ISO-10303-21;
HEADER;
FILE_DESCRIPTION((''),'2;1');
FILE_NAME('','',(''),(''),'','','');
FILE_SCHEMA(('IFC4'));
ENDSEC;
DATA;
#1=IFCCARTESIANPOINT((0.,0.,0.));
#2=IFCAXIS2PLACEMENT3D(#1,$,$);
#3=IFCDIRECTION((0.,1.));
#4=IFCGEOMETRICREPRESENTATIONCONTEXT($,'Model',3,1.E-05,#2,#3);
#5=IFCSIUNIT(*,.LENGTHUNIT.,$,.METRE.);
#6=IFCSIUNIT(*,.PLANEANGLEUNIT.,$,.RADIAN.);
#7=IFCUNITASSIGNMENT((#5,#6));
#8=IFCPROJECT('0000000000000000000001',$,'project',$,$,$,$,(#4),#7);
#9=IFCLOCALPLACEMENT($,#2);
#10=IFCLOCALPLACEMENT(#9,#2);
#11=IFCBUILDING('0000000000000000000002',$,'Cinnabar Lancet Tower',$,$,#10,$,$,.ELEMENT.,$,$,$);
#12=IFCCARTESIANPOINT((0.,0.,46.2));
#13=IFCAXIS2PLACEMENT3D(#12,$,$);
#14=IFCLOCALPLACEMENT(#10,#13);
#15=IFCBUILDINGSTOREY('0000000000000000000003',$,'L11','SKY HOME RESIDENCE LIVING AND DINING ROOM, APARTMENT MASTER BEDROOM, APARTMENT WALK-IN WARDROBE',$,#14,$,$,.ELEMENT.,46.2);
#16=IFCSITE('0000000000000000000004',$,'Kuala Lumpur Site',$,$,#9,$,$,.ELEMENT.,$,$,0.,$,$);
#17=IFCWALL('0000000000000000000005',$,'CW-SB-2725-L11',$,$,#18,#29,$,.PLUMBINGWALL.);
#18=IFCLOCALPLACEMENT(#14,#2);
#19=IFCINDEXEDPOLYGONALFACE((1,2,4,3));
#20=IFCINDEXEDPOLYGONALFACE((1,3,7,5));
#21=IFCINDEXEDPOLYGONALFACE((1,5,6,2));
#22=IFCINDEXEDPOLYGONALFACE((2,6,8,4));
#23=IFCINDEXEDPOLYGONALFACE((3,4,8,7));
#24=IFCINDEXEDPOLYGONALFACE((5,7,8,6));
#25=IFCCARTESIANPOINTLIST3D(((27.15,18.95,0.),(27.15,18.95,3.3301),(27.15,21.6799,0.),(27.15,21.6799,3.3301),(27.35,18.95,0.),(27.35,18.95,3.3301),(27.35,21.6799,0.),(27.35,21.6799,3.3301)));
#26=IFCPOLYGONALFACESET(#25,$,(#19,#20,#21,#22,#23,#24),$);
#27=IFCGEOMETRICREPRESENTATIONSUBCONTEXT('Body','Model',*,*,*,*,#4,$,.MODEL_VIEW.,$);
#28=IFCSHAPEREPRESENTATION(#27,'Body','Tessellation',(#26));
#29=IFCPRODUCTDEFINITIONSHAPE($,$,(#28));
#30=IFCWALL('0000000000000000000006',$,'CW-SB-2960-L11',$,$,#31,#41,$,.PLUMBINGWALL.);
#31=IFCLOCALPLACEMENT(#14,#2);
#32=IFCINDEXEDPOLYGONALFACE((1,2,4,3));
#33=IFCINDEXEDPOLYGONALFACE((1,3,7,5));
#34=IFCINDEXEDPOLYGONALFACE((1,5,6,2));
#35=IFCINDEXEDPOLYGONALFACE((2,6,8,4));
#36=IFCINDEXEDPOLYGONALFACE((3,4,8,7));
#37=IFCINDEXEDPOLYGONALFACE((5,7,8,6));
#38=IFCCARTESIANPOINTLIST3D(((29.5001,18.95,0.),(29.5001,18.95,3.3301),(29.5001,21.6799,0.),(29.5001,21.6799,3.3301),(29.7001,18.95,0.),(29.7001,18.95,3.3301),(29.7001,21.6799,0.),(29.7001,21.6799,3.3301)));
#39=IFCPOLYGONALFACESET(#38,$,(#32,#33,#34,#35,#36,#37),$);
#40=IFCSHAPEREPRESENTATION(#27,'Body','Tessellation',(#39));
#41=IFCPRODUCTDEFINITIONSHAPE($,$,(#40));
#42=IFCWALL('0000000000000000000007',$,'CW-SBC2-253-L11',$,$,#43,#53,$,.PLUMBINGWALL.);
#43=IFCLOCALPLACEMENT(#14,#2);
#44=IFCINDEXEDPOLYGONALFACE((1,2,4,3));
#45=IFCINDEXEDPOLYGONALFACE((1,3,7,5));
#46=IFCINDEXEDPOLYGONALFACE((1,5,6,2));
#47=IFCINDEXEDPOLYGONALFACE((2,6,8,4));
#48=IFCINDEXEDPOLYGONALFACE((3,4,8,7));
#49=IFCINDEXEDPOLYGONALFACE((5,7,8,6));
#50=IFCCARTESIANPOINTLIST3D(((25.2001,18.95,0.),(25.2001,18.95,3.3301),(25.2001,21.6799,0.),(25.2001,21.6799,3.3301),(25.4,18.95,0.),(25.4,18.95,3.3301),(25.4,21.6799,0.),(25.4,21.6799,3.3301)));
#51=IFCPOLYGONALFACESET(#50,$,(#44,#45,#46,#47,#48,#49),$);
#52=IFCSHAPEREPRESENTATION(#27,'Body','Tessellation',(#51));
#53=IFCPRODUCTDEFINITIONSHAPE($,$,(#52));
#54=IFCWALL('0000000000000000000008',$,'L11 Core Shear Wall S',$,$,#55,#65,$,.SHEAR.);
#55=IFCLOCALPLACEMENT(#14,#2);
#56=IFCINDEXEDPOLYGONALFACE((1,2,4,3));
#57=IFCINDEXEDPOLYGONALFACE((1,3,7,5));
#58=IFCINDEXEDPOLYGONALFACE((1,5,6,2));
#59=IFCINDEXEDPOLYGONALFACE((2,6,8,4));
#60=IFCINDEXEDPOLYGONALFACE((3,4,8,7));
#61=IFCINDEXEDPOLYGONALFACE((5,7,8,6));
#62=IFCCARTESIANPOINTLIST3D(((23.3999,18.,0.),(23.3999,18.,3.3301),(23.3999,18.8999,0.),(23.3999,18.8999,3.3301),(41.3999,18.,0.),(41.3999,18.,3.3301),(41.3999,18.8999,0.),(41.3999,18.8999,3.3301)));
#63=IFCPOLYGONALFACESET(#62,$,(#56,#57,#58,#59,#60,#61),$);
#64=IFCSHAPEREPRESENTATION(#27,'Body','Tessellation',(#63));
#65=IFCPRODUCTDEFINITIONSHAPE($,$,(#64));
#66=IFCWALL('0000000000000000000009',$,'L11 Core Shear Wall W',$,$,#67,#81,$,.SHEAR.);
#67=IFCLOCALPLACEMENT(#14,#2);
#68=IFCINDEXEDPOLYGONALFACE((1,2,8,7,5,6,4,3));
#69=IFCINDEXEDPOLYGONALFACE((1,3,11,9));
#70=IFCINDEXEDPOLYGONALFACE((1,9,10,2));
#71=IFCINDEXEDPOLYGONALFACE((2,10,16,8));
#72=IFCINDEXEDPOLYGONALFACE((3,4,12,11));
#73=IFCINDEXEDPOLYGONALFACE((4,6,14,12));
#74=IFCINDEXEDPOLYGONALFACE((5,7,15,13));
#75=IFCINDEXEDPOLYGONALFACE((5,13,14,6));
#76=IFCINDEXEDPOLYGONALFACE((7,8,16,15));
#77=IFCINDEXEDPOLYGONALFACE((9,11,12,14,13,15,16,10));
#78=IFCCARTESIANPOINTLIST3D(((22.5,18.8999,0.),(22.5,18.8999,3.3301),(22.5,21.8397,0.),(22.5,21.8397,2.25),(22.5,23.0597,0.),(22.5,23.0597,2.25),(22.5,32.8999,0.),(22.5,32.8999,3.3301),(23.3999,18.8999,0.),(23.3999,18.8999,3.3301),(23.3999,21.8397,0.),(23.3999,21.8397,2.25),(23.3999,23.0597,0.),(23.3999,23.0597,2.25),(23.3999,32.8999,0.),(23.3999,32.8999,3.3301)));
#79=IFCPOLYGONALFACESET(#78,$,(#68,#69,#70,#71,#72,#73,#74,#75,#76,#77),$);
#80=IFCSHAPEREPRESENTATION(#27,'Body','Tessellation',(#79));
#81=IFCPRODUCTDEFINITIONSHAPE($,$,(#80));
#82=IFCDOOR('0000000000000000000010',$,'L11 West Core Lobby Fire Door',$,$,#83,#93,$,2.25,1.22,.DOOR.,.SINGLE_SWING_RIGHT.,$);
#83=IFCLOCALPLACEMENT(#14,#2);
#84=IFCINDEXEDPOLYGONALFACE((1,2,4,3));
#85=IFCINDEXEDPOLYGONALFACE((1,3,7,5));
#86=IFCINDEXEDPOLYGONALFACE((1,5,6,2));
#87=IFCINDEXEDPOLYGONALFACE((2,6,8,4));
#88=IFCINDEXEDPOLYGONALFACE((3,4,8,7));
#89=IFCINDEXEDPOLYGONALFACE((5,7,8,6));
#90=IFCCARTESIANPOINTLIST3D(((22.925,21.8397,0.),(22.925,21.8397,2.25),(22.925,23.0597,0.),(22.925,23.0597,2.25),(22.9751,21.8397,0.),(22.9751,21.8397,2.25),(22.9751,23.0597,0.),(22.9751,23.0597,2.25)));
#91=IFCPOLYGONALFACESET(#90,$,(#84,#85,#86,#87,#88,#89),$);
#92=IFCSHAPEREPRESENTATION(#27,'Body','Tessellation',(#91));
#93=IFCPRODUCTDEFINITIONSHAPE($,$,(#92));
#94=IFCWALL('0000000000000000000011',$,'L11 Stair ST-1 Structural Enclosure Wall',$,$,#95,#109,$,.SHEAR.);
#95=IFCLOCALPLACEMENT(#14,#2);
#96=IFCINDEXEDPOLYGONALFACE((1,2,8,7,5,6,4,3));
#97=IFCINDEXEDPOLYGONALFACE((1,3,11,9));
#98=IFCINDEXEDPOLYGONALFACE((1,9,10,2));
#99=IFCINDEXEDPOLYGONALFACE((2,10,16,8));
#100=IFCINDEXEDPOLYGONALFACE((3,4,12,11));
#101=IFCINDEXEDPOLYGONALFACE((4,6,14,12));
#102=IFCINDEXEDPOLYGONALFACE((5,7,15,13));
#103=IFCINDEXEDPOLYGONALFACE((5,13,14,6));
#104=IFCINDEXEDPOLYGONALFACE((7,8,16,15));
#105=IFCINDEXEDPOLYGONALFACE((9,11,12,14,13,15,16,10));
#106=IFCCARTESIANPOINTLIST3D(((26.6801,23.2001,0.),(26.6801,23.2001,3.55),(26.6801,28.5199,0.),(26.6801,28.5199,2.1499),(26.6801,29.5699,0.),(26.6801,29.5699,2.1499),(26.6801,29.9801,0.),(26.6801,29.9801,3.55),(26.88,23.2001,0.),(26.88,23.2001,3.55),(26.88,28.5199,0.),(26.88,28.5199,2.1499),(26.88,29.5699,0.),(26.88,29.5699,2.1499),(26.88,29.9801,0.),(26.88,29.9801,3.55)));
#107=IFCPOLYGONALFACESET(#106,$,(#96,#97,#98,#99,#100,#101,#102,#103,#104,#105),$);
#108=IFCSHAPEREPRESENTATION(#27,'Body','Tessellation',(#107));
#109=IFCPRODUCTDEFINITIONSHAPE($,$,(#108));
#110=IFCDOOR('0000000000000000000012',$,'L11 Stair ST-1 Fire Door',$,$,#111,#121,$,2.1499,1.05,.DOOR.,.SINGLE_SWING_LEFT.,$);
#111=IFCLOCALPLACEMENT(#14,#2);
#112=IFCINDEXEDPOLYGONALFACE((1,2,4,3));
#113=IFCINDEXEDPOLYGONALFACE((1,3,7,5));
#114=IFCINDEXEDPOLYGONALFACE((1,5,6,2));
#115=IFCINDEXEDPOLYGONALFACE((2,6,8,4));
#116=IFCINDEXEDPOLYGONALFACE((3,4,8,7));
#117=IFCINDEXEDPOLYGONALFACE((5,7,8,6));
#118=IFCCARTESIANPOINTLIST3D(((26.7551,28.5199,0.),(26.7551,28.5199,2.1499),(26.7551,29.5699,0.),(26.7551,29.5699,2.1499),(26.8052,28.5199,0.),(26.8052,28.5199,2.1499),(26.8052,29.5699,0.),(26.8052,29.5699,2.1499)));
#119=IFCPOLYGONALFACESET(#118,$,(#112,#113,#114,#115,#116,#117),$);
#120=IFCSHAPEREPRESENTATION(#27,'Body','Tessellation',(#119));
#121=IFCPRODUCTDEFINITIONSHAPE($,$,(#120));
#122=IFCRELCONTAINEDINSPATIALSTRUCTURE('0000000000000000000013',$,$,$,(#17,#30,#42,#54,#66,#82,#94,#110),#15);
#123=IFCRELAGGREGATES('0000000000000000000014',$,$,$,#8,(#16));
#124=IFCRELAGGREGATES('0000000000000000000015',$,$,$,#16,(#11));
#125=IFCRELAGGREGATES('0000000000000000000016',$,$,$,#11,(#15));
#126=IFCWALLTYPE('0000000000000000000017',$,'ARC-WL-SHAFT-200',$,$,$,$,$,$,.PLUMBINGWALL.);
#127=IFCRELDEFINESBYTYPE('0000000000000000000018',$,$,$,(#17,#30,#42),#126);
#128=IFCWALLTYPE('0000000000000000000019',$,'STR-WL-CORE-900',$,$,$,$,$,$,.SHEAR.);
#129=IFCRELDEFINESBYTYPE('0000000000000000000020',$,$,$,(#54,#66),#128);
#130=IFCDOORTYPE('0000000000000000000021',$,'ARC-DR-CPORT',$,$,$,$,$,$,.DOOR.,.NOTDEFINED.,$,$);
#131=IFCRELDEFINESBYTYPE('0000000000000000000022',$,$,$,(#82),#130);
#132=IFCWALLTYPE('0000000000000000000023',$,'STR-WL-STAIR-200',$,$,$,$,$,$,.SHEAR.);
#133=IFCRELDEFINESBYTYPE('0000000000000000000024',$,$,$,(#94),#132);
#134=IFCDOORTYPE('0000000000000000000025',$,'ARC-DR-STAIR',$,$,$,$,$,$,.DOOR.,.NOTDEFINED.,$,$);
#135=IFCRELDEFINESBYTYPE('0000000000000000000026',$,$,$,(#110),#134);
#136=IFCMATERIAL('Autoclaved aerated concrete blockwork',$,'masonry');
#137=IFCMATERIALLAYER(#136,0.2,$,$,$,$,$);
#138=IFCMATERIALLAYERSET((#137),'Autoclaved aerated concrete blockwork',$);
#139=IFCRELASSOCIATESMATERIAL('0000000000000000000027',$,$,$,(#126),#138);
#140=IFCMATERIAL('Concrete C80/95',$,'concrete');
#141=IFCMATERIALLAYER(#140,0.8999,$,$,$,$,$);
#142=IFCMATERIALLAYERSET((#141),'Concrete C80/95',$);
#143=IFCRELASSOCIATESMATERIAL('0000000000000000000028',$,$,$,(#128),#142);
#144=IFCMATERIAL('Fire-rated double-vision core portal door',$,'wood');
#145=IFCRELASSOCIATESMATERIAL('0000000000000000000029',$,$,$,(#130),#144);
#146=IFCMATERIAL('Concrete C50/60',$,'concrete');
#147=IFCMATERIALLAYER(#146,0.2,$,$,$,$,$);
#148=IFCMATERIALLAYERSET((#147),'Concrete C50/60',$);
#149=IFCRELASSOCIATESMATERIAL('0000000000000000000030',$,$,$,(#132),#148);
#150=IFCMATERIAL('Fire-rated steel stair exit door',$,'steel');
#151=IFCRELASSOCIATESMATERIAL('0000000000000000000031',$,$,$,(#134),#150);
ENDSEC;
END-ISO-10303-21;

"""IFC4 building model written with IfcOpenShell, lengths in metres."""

from ifc_helpers import new_model, si_unit, direction, frame, frame_2d, origin, place, context, subcontext, project, spatial, rectangle, extrude, material, layer, layer_set, type_object, element, fill, save


model = new_model("IFC4")

# Units and contexts
model_context = context("Model", 3, precision=1e-05, world=origin(), true_north=direction((0.0, 1.0)))
body_context = subcontext(model_context, "Body", "Model", "MODEL_VIEW")
ifc_project = project(units=[si_unit("LENGTHUNIT", "METRE"), si_unit("PLANEANGLEUNIT", "RADIAN")], contexts=[model_context])

# Site, building, storey
site_placement = place(None, origin())
site = spatial("IfcSite", under=ifc_project, at=site_placement, Name="Kuala Lumpur Site", CompositionType="ELEMENT", RefElevation=0.0)
building_placement = place(site_placement, origin())
building = spatial("IfcBuilding", under=site, at=building_placement, Name="Cinnabar Lancet Tower", CompositionType="ELEMENT")
storey_placement = place(building_placement, frame((0.0, 0.0, 46.2)))
storey = spatial("IfcBuildingStorey", under=building, at=storey_placement, Name="L11", Description="SKY HOME RESIDENCE LIVING AND DINING ROOM, APARTMENT MASTER BEDROOM, APARTMENT WALK-IN WARDROBE", CompositionType="ELEMENT", Elevation=46.2)

# Shared definitions
ifc_material_1 = material(Name="Autoclaved aerated concrete blockwork", Category="masonry")
ifc_layer_1 = layer(ifc_material_1, 0.2)
ifc_layer_set_1 = layer_set([ifc_layer_1], Name="Autoclaved aerated concrete blockwork")
wall_type_1 = type_object("IfcWallType", Name="ARC-WL-SHAFT-200", PredefinedType="PLUMBINGWALL", material=ifc_layer_set_1)

# Walls
for number, where, z_axis, x_axis, name in (
    (1, (27.25, 18.95, 0.0), (0.0, 0.0, 1.0), (0.0, 1.0, 0.0), "CW-SB-2725-L11"),
    (2, (29.6001, 18.95, 0.0), (0.0, 0.0, 1.0), (0.0, 1.0, 0.0), "CW-SB-2960-L11"),
    (3, (25.3, 18.95, 0.0), (0.0, 0.0, 1.0), (0.0, 1.0, 0.0), "CW-SBC2-253-L11"),
):
    element("IfcWall", number, at=place(storey_placement, frame(where, z_axis=z_axis, x_axis=x_axis)), inside=storey, type_object=wall_type_1, Name=name, PredefinedType="PLUMBINGWALL", context=body_context, shape_type="SweptSolid", body=[
        extrude(rectangle(XDim=2.73, YDim=0.2, at=frame_2d((1.365, 0.0))), origin(), (0.0, 0.0, 1.0), 3.3301),
    ])
ifc_material_2 = material(Name="Concrete C80/95", Category="concrete")
ifc_layer_2 = layer(ifc_material_2, 0.8999)
ifc_layer_set_2 = layer_set([ifc_layer_2], Name="Concrete C80/95")
wall_type_2 = type_object("IfcWallType", Name="STR-WL-CORE-900", PredefinedType="SHEAR", material=ifc_layer_set_2)
wall_1_placement = place(storey_placement, frame((23.3999, 18.45, 0.0), z_axis=(0.0, 0.0, 1.0), x_axis=(1.0, 0.0, 0.0)))
element("IfcWall", 4, at=wall_1_placement, inside=storey, type_object=wall_type_2, Name="L11 Core Shear Wall S", PredefinedType="SHEAR", context=body_context, shape_type="SweptSolid", body=[
    extrude(rectangle(XDim=18.0, YDim=0.8999, at=frame_2d((9.0, 0.0))), origin(), (0.0, 0.0, 1.0), 3.3301),
])

# Walls, openings, doors
wall_2_placement = place(storey_placement, frame((22.95, 18.8999, 0.0), z_axis=(0.0, 0.0, 1.0), x_axis=(0.0, 1.0, 0.0)))
wall_2 = element("IfcWall", 5, at=wall_2_placement, inside=storey, type_object=wall_type_2, Name="L11 Core Shear Wall W", PredefinedType="SHEAR", context=body_context, shape_type="SweptSolid", body=[
    extrude(rectangle(XDim=14.0, YDim=0.8999, at=frame_2d((7.0, 0.0))), origin(), (0.0, 0.0, 1.0), 3.3301),
])
opening_1_placement = place(wall_2_placement, frame((2.9399, 0.0, 0.0)))
opening_1 = element("IfcOpeningElement", 6, at=opening_1_placement, cuts=wall_2, PredefinedType="OPENING", context=body_context, shape_type="SweptSolid", body=[
    extrude(rectangle(XDim=1.22, YDim=2.25, at=frame_2d((0.6099, 1.125))), frame((0.0, 0.46, 0.0), z_axis=(0.0, -1.0, 0.0), x_axis=(1.0, 0.0, 0.0)), (0.0, 0.0, 1.0), 0.9199),
])
ifc_material_3 = material(Name="Fire-rated double-vision core portal door", Category="wood")
door_type_1 = type_object("IfcDoorType", Name="ARC-DR-CPORT", OperationType="NOTDEFINED", PredefinedType="DOOR", material=ifc_material_3)
door_1_placement = place(opening_1_placement, origin())
door_1 = element("IfcDoor", 7, at=door_1_placement, inside=storey, type_object=door_type_1, Name="L11 West Core Lobby Fire Door", OperationType="SINGLE_SWING_RIGHT", OverallHeight=2.25, OverallWidth=1.22, PredefinedType="DOOR", context=body_context, shape_type="SweptSolid", body=[
    extrude(rectangle(XDim=1.22, YDim=2.25, at=frame_2d((0.6099, 1.125))), frame((0.0, 0.0249, 0.0), z_axis=(0.0, -1.0, 0.0), x_axis=(1.0, 0.0, 0.0)), (0.0, 0.0, 1.0), 0.05),
])
fill(opening_1, door_1)
ifc_material_4 = material(Name="Concrete C50/60", Category="concrete")
ifc_layer_3 = layer(ifc_material_4, 0.2)
ifc_layer_set_3 = layer_set([ifc_layer_3], Name="Concrete C50/60")
wall_type_3 = type_object("IfcWallType", Name="STR-WL-STAIR-200", PredefinedType="SHEAR", material=ifc_layer_set_3)
wall_3_placement = place(storey_placement, frame((26.78, 23.2, 0.0), z_axis=(0.0, 0.0, 1.0), x_axis=(0.0, 1.0, 0.0)))
wall_3 = element("IfcWall", 8, at=wall_3_placement, inside=storey, type_object=wall_type_3, Name="L11 Stair ST-1 Structural Enclosure Wall", PredefinedType="SHEAR", context=body_context, shape_type="SweptSolid", body=[
    extrude(rectangle(XDim=6.78, YDim=0.2, at=frame_2d((3.3901, 0.0))), origin(), (0.0, 0.0, 1.0), 3.55),
])
opening_2_placement = place(wall_3_placement, frame((5.3201, 0.0, 0.0)))
opening_2 = element("IfcOpeningElement", 9, at=opening_2_placement, cuts=wall_3, PredefinedType="OPENING", context=body_context, shape_type="SweptSolid", body=[
    extrude(rectangle(XDim=1.05, YDim=2.1499, at=frame_2d((0.5249, 1.075))), frame((0.0, 0.1099, 0.0), z_axis=(0.0, -1.0, 0.0), x_axis=(1.0, 0.0, 0.0)), (0.0, 0.0, 1.0), 0.22),
])
ifc_material_5 = material(Name="Fire-rated steel stair exit door", Category="steel")
door_type_2 = type_object("IfcDoorType", Name="ARC-DR-STAIR", OperationType="NOTDEFINED", PredefinedType="DOOR", material=ifc_material_5)
door_2_placement = place(opening_2_placement, origin())
door_2 = element("IfcDoor", 10, at=door_2_placement, inside=storey, type_object=door_type_2, Name="L11 Stair ST-1 Fire Door", OperationType="SINGLE_SWING_LEFT", OverallHeight=2.1499, OverallWidth=1.05, PredefinedType="DOOR", context=body_context, shape_type="SweptSolid", body=[
    extrude(rectangle(XDim=1.05, YDim=2.1499, at=frame_2d((0.5249, 1.075))), frame((0.0, 0.0249, 0.0), z_axis=(0.0, -1.0, 0.0), x_axis=(1.0, 0.0, 0.0)), (0.0, 0.0, 1.0), 0.05),
])
fill(opening_2, door_2)

save(model, "model.ifc")
